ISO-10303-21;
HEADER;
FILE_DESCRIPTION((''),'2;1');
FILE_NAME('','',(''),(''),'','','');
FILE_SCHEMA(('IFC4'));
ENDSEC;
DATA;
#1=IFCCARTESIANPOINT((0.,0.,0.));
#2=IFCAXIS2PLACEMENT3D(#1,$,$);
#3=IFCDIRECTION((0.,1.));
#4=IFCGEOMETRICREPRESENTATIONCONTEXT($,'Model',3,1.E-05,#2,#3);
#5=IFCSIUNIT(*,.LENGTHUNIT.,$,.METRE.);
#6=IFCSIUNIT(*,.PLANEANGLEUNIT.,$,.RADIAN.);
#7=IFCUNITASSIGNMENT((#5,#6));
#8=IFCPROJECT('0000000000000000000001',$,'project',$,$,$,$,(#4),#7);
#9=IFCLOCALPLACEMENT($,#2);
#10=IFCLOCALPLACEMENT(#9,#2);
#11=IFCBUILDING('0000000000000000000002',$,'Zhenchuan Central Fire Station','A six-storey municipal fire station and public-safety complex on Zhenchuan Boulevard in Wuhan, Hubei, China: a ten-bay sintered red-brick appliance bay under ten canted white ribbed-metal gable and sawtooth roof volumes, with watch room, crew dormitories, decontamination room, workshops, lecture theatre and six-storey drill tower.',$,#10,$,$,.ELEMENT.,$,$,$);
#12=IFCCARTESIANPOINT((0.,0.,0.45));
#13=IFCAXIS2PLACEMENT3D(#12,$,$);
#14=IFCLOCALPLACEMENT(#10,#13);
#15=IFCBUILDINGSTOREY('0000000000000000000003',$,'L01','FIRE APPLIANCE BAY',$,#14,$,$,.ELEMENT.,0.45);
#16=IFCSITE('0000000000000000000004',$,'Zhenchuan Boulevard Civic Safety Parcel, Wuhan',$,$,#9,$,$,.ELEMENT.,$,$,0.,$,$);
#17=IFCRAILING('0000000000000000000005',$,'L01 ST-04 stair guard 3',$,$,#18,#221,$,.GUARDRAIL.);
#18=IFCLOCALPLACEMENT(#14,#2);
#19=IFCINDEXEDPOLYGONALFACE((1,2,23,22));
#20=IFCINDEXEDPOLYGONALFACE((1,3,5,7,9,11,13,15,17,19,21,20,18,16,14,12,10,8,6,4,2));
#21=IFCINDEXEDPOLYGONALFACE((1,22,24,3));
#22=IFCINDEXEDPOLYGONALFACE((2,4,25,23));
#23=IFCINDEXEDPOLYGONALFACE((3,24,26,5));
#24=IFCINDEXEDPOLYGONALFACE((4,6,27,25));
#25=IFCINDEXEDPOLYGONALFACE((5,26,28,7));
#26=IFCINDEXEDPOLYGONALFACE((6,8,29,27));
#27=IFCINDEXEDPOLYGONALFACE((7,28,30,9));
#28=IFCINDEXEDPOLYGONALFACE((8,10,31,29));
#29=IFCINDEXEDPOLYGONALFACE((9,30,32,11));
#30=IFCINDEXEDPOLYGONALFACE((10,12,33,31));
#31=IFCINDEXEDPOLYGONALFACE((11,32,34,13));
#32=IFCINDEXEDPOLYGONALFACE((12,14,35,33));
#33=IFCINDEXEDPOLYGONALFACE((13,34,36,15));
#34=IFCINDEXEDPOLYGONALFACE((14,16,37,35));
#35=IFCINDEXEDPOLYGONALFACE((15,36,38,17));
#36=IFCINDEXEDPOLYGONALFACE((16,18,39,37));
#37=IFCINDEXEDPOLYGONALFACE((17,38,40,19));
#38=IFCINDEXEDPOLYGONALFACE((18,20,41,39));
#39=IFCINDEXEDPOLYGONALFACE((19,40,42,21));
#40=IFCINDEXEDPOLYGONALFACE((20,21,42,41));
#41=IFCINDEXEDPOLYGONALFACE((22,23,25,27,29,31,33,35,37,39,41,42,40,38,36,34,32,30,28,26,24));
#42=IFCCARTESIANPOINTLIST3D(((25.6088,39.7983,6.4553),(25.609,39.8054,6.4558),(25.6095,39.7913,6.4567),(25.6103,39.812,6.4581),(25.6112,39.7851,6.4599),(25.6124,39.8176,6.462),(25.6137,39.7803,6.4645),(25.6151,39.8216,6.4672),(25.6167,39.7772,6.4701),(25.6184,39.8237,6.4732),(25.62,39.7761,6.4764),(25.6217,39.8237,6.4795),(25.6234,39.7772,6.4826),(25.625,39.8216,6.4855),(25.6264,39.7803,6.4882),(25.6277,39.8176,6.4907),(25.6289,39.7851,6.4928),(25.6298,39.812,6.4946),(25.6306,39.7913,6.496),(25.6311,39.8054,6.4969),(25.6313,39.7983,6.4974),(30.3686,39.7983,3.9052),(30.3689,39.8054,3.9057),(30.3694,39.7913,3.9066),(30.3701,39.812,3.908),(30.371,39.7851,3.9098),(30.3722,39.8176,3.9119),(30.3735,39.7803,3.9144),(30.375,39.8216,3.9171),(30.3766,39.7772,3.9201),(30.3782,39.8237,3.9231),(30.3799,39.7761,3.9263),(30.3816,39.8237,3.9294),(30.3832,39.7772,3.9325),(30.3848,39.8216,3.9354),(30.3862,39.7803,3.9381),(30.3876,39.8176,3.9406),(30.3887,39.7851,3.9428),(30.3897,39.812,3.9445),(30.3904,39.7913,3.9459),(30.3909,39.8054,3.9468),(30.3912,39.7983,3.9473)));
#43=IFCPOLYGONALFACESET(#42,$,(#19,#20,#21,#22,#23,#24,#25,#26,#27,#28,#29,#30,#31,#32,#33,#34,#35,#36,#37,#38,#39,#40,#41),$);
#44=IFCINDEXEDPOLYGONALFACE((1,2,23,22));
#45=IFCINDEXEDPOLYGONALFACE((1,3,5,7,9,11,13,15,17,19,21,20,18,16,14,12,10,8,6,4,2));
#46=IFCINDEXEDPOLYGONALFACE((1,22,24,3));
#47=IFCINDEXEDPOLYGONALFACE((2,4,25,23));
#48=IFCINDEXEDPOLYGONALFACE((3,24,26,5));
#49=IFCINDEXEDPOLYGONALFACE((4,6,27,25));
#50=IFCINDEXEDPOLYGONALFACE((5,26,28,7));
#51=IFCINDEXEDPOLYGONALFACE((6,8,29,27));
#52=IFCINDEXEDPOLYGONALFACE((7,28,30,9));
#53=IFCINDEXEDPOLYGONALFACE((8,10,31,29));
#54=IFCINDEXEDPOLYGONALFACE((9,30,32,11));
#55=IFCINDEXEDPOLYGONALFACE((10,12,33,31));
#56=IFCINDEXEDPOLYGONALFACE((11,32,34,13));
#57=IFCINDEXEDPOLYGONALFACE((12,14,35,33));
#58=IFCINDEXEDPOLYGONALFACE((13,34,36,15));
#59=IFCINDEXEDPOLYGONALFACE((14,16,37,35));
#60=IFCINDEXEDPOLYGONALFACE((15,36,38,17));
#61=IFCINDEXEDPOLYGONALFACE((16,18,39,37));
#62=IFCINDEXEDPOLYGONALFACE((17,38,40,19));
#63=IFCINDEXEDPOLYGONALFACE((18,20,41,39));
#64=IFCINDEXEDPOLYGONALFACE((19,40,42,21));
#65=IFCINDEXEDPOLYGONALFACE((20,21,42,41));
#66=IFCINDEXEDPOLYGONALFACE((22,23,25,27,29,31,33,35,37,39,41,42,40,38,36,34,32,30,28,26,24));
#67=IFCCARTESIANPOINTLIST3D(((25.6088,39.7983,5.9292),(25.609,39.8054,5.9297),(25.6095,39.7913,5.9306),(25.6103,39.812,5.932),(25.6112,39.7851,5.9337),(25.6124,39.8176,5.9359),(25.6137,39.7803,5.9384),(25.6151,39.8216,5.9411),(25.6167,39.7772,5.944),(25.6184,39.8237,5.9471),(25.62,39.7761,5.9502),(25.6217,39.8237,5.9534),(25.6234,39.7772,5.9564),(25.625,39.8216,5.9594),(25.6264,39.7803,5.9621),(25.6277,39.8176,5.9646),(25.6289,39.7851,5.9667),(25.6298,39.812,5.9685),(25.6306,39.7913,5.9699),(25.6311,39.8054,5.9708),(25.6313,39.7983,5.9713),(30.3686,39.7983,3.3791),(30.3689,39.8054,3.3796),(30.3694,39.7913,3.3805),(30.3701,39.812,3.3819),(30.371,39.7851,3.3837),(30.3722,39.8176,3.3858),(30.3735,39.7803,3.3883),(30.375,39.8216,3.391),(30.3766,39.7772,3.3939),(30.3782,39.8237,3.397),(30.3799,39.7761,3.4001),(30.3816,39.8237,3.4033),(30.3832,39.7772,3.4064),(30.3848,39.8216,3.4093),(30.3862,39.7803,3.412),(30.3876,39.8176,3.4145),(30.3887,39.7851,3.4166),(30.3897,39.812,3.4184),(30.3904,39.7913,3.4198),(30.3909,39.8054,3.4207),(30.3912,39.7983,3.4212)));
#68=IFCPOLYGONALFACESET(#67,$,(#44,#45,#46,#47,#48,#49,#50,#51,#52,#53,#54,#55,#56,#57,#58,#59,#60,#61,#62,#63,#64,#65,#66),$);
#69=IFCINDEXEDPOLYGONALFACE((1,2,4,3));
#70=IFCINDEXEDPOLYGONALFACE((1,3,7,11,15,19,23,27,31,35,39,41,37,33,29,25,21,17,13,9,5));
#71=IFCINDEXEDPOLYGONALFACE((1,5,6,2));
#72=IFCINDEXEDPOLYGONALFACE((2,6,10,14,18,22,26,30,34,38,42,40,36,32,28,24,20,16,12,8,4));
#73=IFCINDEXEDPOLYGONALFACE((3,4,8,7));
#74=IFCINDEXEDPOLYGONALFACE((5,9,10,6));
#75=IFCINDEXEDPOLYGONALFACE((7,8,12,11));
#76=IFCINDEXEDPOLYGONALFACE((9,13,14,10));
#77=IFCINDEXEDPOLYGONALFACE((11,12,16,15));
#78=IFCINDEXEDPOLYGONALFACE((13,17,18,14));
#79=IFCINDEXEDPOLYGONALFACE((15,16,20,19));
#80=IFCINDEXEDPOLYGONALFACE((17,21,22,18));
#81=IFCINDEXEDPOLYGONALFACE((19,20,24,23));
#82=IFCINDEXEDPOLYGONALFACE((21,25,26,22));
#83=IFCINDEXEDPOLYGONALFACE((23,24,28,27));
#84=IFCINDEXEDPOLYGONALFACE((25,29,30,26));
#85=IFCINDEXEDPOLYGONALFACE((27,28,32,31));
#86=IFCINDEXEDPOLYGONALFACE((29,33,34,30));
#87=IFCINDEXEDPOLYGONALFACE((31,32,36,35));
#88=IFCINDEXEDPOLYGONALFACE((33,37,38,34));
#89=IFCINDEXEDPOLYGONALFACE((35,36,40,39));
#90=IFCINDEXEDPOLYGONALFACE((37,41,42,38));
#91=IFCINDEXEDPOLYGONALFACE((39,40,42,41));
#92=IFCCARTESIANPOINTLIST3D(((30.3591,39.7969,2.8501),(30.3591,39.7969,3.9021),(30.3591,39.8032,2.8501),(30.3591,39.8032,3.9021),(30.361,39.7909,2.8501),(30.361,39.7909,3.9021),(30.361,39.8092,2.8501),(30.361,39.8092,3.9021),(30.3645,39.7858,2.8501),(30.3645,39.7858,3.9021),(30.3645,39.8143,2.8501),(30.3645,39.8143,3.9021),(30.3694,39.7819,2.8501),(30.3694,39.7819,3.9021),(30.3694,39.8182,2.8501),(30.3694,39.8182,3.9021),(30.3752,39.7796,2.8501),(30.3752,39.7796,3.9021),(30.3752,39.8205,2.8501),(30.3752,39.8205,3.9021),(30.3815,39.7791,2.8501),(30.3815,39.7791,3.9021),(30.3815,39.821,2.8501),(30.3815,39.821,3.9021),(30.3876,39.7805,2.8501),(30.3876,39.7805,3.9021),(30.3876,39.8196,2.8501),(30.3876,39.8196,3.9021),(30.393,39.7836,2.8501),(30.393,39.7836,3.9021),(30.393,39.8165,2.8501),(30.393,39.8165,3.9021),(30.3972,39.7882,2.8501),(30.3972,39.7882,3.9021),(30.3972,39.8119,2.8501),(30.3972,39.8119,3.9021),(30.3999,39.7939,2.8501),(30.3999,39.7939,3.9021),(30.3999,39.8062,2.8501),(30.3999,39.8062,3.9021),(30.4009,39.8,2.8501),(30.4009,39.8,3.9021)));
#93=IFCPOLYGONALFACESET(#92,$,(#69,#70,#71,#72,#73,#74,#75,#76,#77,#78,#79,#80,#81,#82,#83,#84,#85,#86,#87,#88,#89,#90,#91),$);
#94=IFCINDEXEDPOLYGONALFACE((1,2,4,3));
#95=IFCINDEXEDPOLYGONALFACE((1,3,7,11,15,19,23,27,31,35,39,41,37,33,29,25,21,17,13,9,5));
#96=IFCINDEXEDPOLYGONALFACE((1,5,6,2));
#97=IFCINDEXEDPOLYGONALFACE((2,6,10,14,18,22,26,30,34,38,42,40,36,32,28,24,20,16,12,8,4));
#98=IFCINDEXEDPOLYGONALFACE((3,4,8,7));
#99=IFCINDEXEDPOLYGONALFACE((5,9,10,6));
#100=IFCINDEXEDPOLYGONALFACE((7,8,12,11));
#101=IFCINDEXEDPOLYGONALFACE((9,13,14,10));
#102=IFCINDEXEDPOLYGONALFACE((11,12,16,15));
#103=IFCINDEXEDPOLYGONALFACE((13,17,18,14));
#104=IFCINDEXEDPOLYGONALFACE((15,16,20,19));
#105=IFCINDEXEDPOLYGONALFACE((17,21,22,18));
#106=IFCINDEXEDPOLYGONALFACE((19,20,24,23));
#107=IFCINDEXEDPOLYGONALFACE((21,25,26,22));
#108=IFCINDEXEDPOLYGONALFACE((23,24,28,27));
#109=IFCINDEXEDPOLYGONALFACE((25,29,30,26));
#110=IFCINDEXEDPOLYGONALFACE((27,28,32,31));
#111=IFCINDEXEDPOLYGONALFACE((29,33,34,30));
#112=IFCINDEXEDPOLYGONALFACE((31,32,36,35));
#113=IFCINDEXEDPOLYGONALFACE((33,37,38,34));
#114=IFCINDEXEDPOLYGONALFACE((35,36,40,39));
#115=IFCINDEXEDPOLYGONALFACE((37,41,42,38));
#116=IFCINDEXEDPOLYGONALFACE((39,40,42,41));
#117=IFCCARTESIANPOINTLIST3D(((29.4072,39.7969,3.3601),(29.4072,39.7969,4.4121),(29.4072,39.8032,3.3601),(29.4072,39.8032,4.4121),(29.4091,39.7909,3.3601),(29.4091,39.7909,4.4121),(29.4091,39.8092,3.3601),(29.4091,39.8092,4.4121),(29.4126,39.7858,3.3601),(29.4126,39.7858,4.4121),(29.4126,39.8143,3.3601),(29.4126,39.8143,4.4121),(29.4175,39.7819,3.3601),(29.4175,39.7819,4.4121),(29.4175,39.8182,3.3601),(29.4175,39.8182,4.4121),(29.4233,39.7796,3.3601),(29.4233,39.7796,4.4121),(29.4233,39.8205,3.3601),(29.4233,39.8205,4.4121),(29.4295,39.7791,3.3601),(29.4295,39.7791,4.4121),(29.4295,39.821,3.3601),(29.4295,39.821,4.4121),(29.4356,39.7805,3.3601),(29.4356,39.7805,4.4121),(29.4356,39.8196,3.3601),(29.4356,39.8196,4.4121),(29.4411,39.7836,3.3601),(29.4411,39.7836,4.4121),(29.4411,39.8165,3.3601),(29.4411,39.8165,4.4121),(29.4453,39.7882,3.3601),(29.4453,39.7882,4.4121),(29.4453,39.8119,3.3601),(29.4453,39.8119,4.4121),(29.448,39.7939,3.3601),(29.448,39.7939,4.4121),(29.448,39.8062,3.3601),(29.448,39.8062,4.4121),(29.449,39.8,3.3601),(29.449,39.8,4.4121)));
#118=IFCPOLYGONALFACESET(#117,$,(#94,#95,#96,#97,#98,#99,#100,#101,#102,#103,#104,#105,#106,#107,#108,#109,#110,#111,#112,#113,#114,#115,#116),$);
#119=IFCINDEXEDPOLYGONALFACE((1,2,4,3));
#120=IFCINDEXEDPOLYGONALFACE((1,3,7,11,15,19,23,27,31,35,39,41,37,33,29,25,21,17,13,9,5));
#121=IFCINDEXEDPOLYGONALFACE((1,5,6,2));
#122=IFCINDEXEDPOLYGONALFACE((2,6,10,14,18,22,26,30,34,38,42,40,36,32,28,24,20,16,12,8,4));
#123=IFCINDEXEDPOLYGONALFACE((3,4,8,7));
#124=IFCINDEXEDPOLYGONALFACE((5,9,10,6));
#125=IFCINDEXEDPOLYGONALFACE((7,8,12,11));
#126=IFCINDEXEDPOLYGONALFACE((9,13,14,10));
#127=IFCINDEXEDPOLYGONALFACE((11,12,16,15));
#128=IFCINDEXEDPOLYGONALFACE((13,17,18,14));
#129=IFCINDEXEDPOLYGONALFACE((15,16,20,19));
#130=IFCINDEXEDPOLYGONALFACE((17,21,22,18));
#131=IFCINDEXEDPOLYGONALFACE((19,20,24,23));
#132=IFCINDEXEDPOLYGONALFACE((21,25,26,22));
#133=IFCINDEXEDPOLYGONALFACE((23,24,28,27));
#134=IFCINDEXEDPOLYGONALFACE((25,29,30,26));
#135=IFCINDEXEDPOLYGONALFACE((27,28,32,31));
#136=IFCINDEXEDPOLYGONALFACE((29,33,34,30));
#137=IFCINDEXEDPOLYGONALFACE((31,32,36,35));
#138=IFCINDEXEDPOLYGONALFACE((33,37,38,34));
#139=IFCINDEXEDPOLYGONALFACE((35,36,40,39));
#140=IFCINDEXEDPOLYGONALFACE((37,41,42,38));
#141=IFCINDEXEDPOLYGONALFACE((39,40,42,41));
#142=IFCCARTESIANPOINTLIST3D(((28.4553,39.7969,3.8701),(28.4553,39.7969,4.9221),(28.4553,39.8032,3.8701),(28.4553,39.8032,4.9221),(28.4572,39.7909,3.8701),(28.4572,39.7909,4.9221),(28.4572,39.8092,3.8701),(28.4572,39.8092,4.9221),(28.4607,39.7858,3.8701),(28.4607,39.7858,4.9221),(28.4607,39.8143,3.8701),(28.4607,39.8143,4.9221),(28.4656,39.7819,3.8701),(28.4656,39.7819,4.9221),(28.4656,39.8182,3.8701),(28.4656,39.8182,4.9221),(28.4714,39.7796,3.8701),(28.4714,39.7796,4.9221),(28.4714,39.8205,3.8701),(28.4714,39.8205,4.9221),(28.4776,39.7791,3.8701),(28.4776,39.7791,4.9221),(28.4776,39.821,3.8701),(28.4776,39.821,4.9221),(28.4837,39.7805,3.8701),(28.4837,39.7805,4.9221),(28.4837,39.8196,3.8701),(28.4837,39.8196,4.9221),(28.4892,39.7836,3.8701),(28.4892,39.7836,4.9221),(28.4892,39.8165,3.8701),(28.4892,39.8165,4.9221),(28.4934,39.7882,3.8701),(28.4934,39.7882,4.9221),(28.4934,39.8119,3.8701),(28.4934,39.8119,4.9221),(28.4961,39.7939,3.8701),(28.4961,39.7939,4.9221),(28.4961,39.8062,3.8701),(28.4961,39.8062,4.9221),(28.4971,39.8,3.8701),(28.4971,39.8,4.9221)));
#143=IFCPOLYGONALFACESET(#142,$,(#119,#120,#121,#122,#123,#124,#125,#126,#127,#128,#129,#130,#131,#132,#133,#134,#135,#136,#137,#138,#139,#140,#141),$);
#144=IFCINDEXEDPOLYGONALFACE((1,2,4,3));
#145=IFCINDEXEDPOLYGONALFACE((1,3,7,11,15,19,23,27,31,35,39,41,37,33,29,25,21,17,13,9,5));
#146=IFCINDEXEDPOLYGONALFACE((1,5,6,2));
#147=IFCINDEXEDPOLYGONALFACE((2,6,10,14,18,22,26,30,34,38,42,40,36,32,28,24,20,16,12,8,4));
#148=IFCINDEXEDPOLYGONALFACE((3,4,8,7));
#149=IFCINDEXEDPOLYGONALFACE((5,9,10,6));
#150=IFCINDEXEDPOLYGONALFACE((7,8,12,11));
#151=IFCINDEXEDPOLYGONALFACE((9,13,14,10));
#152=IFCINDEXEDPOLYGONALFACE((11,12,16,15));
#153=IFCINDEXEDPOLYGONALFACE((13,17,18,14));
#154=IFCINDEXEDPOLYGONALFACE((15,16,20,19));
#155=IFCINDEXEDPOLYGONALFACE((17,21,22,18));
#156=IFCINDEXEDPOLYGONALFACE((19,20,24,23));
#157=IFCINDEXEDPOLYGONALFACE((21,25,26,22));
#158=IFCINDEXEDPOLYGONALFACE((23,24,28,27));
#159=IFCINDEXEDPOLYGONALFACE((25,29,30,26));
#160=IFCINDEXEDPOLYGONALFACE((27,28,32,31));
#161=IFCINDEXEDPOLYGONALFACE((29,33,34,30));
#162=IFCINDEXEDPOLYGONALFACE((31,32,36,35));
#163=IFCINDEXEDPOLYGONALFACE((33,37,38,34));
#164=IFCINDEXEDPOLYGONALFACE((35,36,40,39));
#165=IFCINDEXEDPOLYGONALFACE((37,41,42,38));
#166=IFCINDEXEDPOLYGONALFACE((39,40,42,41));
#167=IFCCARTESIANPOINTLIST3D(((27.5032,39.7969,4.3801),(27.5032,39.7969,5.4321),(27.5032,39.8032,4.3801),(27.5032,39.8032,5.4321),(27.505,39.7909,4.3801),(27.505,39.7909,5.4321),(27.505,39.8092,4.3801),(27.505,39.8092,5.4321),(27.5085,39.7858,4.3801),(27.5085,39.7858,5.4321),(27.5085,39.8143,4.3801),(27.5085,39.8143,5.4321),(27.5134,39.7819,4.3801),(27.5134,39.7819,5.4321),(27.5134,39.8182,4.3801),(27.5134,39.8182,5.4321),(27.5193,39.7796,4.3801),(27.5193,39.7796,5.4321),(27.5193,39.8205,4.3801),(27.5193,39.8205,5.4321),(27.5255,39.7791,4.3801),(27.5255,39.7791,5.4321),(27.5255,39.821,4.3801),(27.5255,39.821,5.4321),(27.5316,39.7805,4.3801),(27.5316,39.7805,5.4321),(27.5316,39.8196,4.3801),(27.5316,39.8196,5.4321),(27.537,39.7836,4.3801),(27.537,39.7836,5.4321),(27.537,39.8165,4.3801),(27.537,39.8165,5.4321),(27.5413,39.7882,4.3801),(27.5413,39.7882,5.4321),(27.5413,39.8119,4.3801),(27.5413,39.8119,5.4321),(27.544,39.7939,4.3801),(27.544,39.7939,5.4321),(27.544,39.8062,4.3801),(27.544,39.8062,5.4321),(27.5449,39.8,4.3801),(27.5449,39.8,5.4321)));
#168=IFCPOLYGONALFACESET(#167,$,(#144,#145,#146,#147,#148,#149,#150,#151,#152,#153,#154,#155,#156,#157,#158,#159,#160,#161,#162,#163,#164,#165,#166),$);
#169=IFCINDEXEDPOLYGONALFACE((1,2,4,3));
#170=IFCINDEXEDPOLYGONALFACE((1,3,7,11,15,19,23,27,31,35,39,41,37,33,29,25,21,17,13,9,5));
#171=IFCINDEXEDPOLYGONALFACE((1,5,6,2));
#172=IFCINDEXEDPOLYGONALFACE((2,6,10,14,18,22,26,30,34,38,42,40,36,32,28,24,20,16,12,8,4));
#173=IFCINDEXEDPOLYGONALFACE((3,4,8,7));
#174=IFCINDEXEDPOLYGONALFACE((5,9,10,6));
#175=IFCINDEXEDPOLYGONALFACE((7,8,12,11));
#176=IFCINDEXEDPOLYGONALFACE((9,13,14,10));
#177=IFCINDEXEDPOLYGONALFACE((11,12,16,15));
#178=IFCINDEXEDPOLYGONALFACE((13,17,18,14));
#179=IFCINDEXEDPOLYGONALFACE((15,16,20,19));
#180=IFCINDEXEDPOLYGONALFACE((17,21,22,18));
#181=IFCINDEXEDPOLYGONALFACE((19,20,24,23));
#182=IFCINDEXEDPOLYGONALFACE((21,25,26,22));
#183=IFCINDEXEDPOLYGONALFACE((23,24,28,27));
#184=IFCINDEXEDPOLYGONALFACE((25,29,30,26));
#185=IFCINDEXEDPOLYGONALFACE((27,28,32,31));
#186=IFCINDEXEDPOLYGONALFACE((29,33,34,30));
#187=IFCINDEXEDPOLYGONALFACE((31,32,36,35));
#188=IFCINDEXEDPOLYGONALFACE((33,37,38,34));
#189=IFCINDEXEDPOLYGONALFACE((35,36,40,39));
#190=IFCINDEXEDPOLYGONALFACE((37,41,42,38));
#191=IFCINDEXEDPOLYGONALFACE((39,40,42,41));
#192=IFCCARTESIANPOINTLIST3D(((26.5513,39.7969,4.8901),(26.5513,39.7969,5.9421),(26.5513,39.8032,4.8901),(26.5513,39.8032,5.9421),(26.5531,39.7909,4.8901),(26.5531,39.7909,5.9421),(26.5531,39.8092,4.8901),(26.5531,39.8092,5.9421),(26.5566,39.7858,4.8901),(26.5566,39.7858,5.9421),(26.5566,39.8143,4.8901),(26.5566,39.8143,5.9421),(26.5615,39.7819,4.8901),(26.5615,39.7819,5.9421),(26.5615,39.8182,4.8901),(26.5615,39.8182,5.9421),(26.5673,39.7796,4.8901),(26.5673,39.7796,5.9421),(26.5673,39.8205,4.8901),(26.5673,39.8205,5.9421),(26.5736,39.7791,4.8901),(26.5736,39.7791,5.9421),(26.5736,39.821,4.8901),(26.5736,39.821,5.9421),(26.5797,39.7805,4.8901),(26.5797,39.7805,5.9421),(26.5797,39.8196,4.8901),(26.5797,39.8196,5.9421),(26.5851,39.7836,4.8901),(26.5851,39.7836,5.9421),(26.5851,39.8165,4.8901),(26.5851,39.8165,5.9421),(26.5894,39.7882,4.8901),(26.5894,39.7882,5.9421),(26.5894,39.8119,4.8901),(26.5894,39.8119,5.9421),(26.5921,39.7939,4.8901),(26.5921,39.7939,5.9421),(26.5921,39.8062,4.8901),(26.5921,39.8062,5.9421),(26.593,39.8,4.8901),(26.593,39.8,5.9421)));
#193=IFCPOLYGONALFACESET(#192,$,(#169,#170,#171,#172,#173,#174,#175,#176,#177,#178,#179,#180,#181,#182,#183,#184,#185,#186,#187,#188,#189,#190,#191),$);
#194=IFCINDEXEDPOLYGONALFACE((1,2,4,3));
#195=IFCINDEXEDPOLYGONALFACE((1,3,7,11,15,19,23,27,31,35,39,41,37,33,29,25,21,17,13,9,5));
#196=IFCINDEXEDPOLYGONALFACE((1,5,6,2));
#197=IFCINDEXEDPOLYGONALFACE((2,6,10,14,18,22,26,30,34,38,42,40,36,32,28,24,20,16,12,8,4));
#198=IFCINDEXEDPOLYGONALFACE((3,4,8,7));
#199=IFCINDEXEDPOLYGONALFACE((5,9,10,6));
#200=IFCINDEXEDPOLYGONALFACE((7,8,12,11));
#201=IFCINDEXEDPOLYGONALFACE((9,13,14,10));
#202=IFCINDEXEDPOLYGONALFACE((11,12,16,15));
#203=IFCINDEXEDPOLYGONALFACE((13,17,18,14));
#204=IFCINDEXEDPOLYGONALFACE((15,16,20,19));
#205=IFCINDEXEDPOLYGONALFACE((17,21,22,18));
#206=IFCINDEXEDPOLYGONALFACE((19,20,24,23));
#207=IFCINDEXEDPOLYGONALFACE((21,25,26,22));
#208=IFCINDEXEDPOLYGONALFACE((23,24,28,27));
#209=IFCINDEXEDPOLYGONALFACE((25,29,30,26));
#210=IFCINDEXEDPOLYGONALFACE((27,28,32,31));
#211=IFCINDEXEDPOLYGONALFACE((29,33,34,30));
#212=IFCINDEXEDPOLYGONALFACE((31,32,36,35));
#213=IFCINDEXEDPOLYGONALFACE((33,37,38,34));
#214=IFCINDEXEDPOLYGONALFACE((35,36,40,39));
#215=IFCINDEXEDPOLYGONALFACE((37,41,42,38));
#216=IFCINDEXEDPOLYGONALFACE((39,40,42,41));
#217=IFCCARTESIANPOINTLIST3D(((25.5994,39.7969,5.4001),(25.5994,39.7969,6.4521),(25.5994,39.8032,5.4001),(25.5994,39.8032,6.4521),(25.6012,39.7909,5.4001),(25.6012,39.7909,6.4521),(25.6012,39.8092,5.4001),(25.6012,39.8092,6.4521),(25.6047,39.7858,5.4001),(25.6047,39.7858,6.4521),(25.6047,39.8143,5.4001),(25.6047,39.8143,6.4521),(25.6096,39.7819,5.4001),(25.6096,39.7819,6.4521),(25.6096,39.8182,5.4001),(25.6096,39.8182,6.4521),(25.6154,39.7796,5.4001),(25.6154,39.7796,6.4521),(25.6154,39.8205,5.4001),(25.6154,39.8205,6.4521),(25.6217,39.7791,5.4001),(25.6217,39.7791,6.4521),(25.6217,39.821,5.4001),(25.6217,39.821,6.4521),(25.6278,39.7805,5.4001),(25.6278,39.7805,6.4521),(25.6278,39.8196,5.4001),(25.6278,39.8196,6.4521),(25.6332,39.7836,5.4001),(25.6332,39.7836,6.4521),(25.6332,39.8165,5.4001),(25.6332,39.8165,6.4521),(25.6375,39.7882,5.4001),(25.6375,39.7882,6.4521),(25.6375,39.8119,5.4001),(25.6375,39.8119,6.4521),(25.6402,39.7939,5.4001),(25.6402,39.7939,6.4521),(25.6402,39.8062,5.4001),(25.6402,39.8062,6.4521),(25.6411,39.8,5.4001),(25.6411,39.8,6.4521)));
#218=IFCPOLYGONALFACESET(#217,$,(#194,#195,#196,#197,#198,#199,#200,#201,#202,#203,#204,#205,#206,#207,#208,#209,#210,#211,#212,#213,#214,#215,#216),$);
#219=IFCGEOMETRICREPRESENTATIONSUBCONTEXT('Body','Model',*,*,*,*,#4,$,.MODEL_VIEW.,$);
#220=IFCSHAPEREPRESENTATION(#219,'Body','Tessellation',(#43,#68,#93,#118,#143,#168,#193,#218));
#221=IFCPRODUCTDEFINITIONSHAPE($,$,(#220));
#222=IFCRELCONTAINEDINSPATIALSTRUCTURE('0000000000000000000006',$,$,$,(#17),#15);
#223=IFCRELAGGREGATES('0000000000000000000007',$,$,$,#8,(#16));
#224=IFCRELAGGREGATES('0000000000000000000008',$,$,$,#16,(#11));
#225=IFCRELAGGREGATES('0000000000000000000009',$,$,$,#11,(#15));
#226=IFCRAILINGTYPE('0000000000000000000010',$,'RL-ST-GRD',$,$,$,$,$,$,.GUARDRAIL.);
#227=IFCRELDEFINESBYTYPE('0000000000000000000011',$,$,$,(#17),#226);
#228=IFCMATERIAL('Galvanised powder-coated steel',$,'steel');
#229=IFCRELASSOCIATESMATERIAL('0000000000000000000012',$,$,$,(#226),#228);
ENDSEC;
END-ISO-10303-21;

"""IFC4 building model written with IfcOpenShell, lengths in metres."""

from ifc_helpers import new_model, si_unit, direction, frame, origin, origin_2d, place, context, subcontext, project, spatial, circle, extrude, material, type_object, element, save


model = new_model("IFC4")

# Units and contexts
model_context = context("Model", 3, precision=1e-05, world=origin(), true_north=direction((0.0, 1.0)))
body_context = subcontext(model_context, "Body", "Model", "MODEL_VIEW")
ifc_project = project(units=[si_unit("LENGTHUNIT", "METRE"), si_unit("PLANEANGLEUNIT", "RADIAN")], contexts=[model_context])

# Site, building, storey
site_placement = place(None, origin())
site = spatial("IfcSite", under=ifc_project, at=site_placement, Name="Zhenchuan Boulevard Civic Safety Parcel, Wuhan", CompositionType="ELEMENT", RefElevation=0.0)
building_placement = place(site_placement, origin())
building = spatial("IfcBuilding", under=site, at=building_placement, Name="Zhenchuan Central Fire Station", Description="A six-storey municipal fire station and public-safety complex on Zhenchuan Boulevard in Wuhan, Hubei, China: a ten-bay sintered red-brick appliance bay under ten canted white ribbed-metal gable and sawtooth roof volumes, with watch room, crew dormitories, decontamination room, workshops, lecture theatre and six-storey drill tower.", CompositionType="ELEMENT")
storey_placement = place(building_placement, frame((0.0, 0.0, 0.45)))
storey = spatial("IfcBuildingStorey", under=building, at=storey_placement, Name="L01", Description="FIRE APPLIANCE BAY", CompositionType="ELEMENT", Elevation=0.45)

# Railing
ifc_material_1 = material(Name="Galvanised powder-coated steel", Category="steel")
railing_type = type_object("IfcRailingType", Name="RL-ST-GRD", PredefinedType="GUARDRAIL", material=ifc_material_1)
railing_1_placement = place(storey_placement, frame((30.3799, 39.8, 2.8501)))
element("IfcRailing", 1, at=railing_1_placement, inside=storey, type_object=railing_type, Name="L01 ST-04 stair guard 3", PredefinedType="GUARDRAIL", context=body_context, shape_type="SweptSolid", body=[
    extrude(circle(Radius=0.0239, at=origin_2d()), frame((0.0, 0.0, 1.0762), z_axis=(-0.881467, 0.0, 0.472247), x_axis=(0.0, -1.0, 0.0)), (0.0, 0.0, 1.0), 5.3999),
    extrude(circle(Radius=0.0239, at=origin_2d()), frame((0.0, 0.0, 0.55), z_axis=(-0.881467, 0.0, 0.472247), x_axis=(0.0, -1.0, 0.0)), (0.0, 0.0, 1.0), 5.3999),
    extrude(circle(Radius=0.021, at=origin_2d()), origin(), (0.0, 0.0, 1.0), 1.052),
    extrude(circle(Radius=0.021, at=origin_2d()), frame((-0.9519, 0.0, 0.51)), (0.0, 0.0, 1.0), 1.052),
    extrude(circle(Radius=0.021, at=origin_2d()), frame((-1.9038, 0.0, 1.02)), (0.0, 0.0, 1.0), 1.052),
    extrude(circle(Radius=0.021, at=origin_2d()), frame((-2.856, 0.0, 1.53)), (0.0, 0.0, 1.0), 1.052),
    extrude(circle(Radius=0.021, at=origin_2d()), frame((-3.8079, 0.0, 2.04)), (0.0, 0.0, 1.0), 1.052),
    extrude(circle(Radius=0.021, at=origin_2d()), frame((-4.7598, 0.0, 2.55)), (0.0, 0.0, 1.0), 1.052),
])

save(model, "model.ifc")
